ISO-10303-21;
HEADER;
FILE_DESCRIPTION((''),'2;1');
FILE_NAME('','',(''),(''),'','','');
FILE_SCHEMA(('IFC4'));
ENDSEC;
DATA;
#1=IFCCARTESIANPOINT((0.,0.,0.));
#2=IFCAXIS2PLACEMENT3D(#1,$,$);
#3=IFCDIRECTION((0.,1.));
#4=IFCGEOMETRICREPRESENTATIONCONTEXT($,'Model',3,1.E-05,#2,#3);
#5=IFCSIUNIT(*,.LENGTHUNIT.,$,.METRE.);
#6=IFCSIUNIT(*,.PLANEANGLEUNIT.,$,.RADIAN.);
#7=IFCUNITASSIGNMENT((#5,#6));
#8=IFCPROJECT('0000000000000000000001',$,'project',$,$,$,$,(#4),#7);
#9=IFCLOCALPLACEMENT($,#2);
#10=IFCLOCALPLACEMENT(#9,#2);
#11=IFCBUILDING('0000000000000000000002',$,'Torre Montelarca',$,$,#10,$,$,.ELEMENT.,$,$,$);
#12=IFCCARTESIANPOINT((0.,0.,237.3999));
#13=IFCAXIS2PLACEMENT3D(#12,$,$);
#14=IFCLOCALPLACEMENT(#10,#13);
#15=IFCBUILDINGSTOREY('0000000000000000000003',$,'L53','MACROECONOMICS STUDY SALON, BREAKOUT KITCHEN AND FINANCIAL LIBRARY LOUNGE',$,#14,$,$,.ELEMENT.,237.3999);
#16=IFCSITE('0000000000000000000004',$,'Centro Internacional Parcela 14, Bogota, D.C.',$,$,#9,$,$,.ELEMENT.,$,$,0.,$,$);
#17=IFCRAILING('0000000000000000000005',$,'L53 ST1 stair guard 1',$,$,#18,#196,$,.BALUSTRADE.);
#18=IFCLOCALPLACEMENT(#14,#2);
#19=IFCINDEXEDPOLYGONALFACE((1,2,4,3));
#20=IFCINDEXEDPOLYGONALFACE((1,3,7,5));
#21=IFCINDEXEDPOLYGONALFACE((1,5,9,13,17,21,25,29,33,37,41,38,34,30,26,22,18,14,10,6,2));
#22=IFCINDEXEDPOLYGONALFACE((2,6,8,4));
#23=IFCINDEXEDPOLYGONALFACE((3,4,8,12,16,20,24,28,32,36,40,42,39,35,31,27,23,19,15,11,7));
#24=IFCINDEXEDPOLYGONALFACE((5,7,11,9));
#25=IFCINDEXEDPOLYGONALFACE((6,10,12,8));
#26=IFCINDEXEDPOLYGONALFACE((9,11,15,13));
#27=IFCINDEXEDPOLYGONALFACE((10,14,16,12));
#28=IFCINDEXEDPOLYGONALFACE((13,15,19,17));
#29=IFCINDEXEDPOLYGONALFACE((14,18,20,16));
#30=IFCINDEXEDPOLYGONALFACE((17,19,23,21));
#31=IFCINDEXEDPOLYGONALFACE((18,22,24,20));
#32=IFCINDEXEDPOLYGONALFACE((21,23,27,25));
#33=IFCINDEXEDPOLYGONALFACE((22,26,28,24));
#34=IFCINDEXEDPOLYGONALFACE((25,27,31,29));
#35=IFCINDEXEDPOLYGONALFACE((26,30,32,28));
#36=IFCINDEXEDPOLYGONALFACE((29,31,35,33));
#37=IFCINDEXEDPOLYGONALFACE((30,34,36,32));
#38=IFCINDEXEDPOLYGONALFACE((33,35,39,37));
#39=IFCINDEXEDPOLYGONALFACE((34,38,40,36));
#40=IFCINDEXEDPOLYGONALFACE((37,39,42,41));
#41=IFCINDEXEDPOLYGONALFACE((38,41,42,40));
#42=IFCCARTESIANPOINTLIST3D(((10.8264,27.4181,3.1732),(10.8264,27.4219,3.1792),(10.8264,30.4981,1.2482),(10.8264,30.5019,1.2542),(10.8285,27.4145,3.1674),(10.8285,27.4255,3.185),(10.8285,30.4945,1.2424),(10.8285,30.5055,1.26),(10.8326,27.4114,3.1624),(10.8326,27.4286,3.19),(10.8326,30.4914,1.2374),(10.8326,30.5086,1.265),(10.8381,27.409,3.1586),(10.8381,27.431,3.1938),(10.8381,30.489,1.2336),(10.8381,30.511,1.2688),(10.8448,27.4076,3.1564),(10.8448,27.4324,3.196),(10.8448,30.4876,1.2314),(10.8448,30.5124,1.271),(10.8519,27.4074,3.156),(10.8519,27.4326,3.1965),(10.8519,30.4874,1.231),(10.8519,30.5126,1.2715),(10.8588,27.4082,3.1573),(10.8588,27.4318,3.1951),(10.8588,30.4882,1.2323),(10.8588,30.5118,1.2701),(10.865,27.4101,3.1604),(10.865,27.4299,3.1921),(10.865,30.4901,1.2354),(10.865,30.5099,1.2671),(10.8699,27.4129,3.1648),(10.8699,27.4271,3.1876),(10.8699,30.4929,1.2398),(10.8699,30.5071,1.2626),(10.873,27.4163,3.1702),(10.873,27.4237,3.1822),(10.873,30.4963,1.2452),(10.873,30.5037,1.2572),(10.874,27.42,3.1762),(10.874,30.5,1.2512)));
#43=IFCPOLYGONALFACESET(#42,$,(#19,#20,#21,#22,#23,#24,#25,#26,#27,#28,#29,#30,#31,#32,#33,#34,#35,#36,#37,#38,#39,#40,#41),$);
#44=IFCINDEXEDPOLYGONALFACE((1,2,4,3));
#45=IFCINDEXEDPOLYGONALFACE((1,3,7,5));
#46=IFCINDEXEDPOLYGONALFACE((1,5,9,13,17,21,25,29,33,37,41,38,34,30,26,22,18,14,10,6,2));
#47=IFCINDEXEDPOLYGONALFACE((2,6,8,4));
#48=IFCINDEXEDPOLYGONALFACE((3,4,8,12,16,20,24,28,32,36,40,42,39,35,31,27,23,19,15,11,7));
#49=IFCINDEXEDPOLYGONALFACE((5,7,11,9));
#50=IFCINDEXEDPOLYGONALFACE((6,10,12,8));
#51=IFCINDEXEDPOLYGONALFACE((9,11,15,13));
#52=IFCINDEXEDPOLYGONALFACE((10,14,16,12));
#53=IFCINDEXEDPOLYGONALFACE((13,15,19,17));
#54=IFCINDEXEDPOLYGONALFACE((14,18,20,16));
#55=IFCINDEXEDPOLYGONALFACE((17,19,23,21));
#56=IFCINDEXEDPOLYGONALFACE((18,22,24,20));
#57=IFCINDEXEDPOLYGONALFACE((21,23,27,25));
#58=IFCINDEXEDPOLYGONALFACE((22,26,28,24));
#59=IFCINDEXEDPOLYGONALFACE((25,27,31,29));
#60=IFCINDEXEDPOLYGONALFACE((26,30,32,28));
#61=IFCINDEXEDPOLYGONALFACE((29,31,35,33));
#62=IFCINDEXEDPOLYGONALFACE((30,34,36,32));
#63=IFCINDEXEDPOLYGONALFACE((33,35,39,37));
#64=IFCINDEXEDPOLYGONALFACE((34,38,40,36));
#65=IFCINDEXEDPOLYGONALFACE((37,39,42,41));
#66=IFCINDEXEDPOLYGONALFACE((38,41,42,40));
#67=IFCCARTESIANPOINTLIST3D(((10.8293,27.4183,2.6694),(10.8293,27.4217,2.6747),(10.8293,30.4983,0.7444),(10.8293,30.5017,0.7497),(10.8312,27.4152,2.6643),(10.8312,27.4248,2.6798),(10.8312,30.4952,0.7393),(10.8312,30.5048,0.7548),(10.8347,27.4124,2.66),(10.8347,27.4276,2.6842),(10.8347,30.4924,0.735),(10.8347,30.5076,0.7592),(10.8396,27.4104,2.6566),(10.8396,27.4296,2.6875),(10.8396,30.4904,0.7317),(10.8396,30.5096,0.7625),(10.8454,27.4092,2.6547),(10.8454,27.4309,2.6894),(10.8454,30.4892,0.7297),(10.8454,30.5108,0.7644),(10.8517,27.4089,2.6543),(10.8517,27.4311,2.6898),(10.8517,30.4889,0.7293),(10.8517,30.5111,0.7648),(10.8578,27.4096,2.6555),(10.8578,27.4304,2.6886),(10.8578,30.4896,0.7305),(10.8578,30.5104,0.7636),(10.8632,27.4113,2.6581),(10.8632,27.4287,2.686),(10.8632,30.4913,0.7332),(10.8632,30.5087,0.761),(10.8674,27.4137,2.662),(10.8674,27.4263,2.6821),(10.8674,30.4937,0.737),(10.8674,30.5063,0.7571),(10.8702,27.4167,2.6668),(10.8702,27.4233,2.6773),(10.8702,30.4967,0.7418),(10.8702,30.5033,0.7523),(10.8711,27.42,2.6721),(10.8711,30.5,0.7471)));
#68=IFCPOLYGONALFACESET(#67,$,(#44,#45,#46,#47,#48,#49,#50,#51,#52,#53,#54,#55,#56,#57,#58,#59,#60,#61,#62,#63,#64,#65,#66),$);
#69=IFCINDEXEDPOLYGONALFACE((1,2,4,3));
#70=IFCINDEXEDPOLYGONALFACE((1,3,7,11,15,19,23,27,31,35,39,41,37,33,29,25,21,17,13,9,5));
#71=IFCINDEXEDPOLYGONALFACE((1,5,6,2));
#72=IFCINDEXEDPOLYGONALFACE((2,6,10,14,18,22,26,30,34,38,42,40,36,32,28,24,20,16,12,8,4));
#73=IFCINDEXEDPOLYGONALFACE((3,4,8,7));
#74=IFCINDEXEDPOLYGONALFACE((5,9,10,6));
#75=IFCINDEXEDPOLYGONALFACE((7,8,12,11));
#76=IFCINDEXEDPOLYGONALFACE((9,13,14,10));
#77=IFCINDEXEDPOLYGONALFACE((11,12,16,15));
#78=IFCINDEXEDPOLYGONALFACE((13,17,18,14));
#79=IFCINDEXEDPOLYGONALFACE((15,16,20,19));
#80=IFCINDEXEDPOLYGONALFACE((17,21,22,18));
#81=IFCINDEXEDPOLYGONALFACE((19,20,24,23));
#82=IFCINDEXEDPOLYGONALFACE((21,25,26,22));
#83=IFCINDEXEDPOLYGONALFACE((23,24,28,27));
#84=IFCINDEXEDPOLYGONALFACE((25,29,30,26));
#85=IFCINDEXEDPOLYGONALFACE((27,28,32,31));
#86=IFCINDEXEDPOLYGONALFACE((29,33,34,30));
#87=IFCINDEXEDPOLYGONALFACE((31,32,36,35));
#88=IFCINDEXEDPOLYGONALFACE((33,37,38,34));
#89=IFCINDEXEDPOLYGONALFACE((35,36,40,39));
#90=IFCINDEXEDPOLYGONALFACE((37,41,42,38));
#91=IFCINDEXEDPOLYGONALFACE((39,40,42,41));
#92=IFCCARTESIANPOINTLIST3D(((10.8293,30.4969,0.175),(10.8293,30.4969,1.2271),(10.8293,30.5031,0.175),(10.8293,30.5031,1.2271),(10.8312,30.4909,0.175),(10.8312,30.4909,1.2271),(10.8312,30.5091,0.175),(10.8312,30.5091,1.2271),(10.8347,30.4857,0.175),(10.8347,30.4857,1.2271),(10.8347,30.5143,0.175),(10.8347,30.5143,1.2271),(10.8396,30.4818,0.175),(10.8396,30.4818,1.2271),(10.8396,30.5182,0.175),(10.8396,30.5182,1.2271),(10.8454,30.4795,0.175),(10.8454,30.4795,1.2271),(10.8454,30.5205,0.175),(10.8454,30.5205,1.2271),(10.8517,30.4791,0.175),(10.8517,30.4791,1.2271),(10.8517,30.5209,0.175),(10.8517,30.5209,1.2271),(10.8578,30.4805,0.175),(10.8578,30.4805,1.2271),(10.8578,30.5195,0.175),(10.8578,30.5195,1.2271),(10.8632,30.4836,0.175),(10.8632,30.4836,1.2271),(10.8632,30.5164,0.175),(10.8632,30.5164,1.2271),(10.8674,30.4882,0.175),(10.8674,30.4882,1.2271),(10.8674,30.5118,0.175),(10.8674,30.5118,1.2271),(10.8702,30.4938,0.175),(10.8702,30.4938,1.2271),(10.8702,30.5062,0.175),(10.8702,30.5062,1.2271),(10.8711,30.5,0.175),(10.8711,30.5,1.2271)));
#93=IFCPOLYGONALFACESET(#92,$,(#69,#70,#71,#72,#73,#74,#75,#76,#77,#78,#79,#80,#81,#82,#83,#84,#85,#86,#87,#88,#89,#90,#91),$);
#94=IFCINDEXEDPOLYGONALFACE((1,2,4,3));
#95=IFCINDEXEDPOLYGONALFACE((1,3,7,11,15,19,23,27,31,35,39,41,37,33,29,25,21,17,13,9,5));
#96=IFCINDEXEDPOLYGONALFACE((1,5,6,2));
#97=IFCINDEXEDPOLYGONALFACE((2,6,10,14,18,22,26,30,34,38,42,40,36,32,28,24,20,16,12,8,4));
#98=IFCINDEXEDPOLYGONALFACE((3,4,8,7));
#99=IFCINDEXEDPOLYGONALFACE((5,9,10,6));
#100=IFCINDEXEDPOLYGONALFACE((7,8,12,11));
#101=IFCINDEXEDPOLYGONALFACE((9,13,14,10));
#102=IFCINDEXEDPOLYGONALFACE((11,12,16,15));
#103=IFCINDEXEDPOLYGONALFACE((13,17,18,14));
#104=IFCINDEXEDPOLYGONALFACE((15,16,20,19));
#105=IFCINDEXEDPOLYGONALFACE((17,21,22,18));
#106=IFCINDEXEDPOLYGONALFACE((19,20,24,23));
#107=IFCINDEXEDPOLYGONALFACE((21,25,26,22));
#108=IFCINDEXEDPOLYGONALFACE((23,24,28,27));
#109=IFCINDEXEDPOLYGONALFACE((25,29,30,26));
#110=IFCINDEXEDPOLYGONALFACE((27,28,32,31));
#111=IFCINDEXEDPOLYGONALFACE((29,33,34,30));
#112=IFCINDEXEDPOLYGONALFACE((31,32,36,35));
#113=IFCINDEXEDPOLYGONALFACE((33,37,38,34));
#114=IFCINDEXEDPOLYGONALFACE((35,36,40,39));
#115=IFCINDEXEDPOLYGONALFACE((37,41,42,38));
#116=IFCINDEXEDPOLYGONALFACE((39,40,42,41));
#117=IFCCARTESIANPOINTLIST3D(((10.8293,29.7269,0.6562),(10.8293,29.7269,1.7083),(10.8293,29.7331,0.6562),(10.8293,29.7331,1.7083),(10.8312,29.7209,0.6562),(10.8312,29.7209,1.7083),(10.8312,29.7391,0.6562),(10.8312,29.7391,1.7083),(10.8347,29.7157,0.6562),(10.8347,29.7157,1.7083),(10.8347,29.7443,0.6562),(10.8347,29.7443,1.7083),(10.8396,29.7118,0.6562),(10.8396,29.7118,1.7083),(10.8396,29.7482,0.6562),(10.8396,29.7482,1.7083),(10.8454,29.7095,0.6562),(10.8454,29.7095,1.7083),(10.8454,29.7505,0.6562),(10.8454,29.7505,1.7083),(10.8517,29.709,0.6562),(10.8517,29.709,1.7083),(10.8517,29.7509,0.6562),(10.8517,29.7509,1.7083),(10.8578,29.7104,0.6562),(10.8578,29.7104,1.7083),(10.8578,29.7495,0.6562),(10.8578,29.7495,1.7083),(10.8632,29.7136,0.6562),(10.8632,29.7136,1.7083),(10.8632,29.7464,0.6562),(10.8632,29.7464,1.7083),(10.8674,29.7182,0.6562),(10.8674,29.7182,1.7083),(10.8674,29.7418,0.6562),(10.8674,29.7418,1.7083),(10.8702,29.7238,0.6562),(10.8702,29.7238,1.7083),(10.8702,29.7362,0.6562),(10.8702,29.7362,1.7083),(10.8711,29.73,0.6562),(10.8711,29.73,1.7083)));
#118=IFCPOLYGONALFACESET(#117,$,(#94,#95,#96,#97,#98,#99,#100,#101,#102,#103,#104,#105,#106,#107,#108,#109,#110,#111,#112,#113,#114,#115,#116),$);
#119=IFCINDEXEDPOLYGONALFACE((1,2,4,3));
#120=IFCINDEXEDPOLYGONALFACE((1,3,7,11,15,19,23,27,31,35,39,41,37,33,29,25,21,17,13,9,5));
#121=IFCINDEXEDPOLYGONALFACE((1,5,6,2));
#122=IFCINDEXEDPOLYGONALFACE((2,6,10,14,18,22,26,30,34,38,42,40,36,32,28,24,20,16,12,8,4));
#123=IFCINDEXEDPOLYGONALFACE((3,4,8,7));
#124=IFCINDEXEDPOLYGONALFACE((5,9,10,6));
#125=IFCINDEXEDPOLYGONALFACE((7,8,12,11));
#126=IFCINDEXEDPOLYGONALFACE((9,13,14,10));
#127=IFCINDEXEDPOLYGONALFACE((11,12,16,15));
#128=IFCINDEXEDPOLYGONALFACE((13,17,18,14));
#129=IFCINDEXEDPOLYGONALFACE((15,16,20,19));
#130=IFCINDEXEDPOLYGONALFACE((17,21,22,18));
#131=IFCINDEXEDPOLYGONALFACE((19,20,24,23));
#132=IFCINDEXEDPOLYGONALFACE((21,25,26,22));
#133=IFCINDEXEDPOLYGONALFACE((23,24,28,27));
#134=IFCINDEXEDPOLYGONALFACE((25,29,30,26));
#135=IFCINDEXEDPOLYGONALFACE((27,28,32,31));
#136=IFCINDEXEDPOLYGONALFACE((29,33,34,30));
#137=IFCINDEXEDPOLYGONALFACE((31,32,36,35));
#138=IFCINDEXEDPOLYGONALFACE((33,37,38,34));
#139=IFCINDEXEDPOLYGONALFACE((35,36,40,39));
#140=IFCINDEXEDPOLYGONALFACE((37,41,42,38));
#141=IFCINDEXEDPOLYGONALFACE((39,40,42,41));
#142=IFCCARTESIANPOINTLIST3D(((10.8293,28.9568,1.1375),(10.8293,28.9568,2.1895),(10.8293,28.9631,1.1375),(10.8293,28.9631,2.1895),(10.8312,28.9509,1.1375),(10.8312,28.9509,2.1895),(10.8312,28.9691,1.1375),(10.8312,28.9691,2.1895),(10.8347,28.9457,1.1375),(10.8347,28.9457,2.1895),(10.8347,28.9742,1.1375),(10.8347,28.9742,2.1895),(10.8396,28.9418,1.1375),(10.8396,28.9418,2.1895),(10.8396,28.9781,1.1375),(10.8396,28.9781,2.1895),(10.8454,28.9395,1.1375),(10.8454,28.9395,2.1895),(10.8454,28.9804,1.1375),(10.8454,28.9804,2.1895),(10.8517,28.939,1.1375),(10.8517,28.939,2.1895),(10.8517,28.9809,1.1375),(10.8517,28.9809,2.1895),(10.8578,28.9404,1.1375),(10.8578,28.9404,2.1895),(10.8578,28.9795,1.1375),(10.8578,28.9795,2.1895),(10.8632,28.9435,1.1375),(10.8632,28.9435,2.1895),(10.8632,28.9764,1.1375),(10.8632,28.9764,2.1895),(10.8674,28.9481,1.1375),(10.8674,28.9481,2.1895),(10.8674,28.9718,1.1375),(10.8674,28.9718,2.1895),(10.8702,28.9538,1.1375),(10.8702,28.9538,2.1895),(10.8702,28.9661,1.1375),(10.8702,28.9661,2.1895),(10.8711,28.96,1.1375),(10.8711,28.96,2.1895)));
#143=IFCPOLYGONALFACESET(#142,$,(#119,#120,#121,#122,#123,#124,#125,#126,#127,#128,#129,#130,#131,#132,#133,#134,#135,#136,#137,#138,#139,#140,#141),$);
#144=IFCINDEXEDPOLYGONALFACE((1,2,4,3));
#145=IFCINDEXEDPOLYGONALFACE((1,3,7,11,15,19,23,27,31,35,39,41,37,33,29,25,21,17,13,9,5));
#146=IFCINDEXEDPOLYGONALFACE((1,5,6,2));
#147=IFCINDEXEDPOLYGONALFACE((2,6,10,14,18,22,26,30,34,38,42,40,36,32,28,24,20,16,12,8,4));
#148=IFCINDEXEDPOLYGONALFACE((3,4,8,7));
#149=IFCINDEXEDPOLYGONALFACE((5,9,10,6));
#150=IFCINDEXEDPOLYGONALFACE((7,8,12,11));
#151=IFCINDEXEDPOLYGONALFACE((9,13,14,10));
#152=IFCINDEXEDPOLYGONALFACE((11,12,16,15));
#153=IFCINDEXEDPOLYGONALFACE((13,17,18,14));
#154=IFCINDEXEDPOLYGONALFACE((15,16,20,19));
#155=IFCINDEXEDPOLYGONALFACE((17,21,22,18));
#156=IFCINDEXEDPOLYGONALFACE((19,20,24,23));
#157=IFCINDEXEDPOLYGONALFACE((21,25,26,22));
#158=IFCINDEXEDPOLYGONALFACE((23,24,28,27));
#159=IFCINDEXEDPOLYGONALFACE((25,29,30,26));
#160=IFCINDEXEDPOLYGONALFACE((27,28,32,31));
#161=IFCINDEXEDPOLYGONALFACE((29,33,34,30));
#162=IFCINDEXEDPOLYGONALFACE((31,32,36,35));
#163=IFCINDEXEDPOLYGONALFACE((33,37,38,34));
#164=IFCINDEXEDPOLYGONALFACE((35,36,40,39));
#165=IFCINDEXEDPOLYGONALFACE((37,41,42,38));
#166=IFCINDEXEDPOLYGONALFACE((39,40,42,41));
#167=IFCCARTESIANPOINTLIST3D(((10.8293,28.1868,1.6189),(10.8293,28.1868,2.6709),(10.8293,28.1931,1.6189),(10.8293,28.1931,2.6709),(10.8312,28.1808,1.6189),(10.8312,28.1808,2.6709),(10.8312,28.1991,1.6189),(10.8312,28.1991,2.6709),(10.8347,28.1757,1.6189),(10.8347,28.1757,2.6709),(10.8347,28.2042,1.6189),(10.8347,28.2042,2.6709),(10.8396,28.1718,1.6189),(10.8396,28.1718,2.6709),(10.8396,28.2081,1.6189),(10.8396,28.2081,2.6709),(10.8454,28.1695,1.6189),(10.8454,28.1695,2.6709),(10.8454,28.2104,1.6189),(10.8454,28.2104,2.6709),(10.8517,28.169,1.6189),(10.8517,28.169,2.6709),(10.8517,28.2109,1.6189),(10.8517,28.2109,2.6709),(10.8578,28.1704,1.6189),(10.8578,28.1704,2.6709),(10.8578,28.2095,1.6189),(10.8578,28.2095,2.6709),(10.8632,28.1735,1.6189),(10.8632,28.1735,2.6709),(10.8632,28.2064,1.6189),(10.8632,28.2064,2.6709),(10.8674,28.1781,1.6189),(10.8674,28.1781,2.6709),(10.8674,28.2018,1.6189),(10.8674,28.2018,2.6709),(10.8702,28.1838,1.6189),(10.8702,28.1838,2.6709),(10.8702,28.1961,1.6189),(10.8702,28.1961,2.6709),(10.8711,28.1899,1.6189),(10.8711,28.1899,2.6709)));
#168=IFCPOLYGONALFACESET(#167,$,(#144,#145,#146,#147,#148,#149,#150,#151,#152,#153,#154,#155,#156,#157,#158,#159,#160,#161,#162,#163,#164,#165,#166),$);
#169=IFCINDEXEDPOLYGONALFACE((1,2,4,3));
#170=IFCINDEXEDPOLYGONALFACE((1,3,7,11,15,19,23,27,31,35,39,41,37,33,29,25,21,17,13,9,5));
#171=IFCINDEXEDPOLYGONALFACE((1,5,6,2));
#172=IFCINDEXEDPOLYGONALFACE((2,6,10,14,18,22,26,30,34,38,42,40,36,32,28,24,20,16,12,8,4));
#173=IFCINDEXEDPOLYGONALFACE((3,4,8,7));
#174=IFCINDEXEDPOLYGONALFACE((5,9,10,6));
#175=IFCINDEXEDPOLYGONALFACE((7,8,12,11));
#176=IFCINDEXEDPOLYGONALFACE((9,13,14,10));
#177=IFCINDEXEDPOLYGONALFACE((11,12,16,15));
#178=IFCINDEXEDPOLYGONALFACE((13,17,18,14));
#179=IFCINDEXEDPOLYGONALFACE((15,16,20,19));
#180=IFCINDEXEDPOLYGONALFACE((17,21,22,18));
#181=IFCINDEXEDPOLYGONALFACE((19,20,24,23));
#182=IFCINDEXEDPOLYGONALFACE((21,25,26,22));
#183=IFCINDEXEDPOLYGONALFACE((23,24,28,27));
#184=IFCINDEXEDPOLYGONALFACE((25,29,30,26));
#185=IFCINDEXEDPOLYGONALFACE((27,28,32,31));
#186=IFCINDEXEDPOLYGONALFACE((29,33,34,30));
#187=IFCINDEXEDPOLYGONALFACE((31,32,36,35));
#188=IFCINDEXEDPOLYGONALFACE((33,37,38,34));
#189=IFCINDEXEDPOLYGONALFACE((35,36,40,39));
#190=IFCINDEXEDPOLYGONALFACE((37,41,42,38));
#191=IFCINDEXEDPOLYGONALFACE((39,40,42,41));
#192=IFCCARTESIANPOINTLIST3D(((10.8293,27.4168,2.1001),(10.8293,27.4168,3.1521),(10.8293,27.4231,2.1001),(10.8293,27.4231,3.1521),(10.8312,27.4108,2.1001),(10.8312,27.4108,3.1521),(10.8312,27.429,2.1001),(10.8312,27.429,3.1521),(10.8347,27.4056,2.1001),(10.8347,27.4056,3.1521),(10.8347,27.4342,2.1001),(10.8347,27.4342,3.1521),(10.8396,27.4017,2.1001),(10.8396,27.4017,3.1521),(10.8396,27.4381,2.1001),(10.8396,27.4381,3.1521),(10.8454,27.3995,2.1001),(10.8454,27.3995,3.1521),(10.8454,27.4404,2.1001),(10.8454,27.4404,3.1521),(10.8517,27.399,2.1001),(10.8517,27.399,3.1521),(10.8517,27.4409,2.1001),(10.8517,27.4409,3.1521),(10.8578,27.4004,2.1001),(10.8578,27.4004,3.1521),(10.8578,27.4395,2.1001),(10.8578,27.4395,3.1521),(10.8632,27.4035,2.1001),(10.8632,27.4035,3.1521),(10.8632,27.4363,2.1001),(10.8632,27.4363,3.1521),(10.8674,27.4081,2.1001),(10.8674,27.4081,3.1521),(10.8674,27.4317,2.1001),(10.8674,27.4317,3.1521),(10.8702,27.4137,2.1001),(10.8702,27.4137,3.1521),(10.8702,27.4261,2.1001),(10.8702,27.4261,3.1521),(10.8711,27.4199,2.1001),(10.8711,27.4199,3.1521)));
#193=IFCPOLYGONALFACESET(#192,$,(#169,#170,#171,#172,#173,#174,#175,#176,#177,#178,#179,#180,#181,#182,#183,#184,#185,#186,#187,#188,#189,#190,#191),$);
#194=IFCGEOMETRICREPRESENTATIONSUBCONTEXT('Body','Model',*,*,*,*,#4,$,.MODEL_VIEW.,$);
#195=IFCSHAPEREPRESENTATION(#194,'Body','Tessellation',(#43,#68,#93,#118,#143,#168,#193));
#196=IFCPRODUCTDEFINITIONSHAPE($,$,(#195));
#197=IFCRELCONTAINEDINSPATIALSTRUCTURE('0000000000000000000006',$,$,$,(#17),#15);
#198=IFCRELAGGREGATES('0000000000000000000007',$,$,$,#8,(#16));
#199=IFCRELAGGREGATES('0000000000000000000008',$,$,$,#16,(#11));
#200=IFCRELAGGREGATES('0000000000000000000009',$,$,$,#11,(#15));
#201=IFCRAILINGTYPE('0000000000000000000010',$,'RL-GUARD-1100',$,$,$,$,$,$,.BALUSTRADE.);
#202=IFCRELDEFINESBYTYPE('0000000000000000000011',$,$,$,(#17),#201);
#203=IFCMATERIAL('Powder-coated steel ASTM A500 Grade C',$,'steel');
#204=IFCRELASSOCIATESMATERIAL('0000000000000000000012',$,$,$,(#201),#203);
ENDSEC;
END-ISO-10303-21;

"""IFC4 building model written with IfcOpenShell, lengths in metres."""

from ifc_helpers import new_model, si_unit, direction, frame, origin, origin_2d, place, context, subcontext, project, spatial, circle, extrude, material, type_object, element, save


model = new_model("IFC4")

# Units and contexts
model_context = context("Model", 3, precision=1e-05, world=origin(), true_north=direction((0.0, 1.0)))
body_context = subcontext(model_context, "Body", "Model", "MODEL_VIEW")
ifc_project = project(units=[si_unit("LENGTHUNIT", "METRE"), si_unit("PLANEANGLEUNIT", "RADIAN")], contexts=[model_context])

# Site, building, storey
site_placement = place(None, origin())
site = spatial("IfcSite", under=ifc_project, at=site_placement, Name="Centro Internacional Parcela 14, Bogota, D.C.", CompositionType="ELEMENT", RefElevation=0.0)
building_placement = place(site_placement, origin())
building = spatial("IfcBuilding", under=site, at=building_placement, Name="Torre Montelarca", CompositionType="ELEMENT")
storey_placement = place(building_placement, frame((0.0, 0.0, 237.3999)))
storey = spatial("IfcBuildingStorey", under=building, at=storey_placement, Name="L53", Description="MACROECONOMICS STUDY SALON, BREAKOUT KITCHEN AND FINANCIAL LIBRARY LOUNGE", CompositionType="ELEMENT", Elevation=237.3999)

# Railing
ifc_material_1 = material(Name="Powder-coated steel ASTM A500 Grade C", Category="steel")
railing_type_1 = type_object("IfcRailingType", Name="RL-GUARD-1100", PredefinedType="BALUSTRADE", material=ifc_material_1)
railing_1_placement = place(storey_placement, frame((10.8501, 30.5, 0.175)))
element("IfcRailing", 1, at=railing_1_placement, inside=storey, type_object=railing_type_1, Name="L53 ST1 stair guard 1", PredefinedType="BALUSTRADE", context=body_context, shape_type="SweptSolid", body=[
    extrude(circle(Radius=0.0239, at=origin_2d()), frame((0.0, 0.0, 1.0762), z_axis=(0.0, -0.847998, 0.529999), x_axis=(1.0, 0.0, 0.0)), (0.0, 0.0, 1.0), 3.6321),
    extrude(circle(Radius=0.021, at=origin_2d()), frame((0.0, 0.0, 0.572), z_axis=(0.0, -0.847998, 0.529999), x_axis=(1.0, 0.0, 0.0)), (0.0, 0.0, 1.0), 3.6321),
    extrude(circle(Radius=0.021, at=origin_2d()), origin(), (0.0, 0.0, 1.0), 1.052),
    extrude(circle(Radius=0.021, at=origin_2d()), frame((0.0, -0.77, 0.4812)), (0.0, 0.0, 1.0), 1.052),
    extrude(circle(Radius=0.021, at=origin_2d()), frame((0.0, -1.54, 0.9624)), (0.0, 0.0, 1.0), 1.052),
    extrude(circle(Radius=0.021, at=origin_2d()), frame((0.0, -2.3101, 1.4438)), (0.0, 0.0, 1.0), 1.052),
    extrude(circle(Radius=0.021, at=origin_2d()), frame((0.0, -3.0801, 1.925)), (0.0, 0.0, 1.0), 1.052),
])

save(model, "model.ifc")
